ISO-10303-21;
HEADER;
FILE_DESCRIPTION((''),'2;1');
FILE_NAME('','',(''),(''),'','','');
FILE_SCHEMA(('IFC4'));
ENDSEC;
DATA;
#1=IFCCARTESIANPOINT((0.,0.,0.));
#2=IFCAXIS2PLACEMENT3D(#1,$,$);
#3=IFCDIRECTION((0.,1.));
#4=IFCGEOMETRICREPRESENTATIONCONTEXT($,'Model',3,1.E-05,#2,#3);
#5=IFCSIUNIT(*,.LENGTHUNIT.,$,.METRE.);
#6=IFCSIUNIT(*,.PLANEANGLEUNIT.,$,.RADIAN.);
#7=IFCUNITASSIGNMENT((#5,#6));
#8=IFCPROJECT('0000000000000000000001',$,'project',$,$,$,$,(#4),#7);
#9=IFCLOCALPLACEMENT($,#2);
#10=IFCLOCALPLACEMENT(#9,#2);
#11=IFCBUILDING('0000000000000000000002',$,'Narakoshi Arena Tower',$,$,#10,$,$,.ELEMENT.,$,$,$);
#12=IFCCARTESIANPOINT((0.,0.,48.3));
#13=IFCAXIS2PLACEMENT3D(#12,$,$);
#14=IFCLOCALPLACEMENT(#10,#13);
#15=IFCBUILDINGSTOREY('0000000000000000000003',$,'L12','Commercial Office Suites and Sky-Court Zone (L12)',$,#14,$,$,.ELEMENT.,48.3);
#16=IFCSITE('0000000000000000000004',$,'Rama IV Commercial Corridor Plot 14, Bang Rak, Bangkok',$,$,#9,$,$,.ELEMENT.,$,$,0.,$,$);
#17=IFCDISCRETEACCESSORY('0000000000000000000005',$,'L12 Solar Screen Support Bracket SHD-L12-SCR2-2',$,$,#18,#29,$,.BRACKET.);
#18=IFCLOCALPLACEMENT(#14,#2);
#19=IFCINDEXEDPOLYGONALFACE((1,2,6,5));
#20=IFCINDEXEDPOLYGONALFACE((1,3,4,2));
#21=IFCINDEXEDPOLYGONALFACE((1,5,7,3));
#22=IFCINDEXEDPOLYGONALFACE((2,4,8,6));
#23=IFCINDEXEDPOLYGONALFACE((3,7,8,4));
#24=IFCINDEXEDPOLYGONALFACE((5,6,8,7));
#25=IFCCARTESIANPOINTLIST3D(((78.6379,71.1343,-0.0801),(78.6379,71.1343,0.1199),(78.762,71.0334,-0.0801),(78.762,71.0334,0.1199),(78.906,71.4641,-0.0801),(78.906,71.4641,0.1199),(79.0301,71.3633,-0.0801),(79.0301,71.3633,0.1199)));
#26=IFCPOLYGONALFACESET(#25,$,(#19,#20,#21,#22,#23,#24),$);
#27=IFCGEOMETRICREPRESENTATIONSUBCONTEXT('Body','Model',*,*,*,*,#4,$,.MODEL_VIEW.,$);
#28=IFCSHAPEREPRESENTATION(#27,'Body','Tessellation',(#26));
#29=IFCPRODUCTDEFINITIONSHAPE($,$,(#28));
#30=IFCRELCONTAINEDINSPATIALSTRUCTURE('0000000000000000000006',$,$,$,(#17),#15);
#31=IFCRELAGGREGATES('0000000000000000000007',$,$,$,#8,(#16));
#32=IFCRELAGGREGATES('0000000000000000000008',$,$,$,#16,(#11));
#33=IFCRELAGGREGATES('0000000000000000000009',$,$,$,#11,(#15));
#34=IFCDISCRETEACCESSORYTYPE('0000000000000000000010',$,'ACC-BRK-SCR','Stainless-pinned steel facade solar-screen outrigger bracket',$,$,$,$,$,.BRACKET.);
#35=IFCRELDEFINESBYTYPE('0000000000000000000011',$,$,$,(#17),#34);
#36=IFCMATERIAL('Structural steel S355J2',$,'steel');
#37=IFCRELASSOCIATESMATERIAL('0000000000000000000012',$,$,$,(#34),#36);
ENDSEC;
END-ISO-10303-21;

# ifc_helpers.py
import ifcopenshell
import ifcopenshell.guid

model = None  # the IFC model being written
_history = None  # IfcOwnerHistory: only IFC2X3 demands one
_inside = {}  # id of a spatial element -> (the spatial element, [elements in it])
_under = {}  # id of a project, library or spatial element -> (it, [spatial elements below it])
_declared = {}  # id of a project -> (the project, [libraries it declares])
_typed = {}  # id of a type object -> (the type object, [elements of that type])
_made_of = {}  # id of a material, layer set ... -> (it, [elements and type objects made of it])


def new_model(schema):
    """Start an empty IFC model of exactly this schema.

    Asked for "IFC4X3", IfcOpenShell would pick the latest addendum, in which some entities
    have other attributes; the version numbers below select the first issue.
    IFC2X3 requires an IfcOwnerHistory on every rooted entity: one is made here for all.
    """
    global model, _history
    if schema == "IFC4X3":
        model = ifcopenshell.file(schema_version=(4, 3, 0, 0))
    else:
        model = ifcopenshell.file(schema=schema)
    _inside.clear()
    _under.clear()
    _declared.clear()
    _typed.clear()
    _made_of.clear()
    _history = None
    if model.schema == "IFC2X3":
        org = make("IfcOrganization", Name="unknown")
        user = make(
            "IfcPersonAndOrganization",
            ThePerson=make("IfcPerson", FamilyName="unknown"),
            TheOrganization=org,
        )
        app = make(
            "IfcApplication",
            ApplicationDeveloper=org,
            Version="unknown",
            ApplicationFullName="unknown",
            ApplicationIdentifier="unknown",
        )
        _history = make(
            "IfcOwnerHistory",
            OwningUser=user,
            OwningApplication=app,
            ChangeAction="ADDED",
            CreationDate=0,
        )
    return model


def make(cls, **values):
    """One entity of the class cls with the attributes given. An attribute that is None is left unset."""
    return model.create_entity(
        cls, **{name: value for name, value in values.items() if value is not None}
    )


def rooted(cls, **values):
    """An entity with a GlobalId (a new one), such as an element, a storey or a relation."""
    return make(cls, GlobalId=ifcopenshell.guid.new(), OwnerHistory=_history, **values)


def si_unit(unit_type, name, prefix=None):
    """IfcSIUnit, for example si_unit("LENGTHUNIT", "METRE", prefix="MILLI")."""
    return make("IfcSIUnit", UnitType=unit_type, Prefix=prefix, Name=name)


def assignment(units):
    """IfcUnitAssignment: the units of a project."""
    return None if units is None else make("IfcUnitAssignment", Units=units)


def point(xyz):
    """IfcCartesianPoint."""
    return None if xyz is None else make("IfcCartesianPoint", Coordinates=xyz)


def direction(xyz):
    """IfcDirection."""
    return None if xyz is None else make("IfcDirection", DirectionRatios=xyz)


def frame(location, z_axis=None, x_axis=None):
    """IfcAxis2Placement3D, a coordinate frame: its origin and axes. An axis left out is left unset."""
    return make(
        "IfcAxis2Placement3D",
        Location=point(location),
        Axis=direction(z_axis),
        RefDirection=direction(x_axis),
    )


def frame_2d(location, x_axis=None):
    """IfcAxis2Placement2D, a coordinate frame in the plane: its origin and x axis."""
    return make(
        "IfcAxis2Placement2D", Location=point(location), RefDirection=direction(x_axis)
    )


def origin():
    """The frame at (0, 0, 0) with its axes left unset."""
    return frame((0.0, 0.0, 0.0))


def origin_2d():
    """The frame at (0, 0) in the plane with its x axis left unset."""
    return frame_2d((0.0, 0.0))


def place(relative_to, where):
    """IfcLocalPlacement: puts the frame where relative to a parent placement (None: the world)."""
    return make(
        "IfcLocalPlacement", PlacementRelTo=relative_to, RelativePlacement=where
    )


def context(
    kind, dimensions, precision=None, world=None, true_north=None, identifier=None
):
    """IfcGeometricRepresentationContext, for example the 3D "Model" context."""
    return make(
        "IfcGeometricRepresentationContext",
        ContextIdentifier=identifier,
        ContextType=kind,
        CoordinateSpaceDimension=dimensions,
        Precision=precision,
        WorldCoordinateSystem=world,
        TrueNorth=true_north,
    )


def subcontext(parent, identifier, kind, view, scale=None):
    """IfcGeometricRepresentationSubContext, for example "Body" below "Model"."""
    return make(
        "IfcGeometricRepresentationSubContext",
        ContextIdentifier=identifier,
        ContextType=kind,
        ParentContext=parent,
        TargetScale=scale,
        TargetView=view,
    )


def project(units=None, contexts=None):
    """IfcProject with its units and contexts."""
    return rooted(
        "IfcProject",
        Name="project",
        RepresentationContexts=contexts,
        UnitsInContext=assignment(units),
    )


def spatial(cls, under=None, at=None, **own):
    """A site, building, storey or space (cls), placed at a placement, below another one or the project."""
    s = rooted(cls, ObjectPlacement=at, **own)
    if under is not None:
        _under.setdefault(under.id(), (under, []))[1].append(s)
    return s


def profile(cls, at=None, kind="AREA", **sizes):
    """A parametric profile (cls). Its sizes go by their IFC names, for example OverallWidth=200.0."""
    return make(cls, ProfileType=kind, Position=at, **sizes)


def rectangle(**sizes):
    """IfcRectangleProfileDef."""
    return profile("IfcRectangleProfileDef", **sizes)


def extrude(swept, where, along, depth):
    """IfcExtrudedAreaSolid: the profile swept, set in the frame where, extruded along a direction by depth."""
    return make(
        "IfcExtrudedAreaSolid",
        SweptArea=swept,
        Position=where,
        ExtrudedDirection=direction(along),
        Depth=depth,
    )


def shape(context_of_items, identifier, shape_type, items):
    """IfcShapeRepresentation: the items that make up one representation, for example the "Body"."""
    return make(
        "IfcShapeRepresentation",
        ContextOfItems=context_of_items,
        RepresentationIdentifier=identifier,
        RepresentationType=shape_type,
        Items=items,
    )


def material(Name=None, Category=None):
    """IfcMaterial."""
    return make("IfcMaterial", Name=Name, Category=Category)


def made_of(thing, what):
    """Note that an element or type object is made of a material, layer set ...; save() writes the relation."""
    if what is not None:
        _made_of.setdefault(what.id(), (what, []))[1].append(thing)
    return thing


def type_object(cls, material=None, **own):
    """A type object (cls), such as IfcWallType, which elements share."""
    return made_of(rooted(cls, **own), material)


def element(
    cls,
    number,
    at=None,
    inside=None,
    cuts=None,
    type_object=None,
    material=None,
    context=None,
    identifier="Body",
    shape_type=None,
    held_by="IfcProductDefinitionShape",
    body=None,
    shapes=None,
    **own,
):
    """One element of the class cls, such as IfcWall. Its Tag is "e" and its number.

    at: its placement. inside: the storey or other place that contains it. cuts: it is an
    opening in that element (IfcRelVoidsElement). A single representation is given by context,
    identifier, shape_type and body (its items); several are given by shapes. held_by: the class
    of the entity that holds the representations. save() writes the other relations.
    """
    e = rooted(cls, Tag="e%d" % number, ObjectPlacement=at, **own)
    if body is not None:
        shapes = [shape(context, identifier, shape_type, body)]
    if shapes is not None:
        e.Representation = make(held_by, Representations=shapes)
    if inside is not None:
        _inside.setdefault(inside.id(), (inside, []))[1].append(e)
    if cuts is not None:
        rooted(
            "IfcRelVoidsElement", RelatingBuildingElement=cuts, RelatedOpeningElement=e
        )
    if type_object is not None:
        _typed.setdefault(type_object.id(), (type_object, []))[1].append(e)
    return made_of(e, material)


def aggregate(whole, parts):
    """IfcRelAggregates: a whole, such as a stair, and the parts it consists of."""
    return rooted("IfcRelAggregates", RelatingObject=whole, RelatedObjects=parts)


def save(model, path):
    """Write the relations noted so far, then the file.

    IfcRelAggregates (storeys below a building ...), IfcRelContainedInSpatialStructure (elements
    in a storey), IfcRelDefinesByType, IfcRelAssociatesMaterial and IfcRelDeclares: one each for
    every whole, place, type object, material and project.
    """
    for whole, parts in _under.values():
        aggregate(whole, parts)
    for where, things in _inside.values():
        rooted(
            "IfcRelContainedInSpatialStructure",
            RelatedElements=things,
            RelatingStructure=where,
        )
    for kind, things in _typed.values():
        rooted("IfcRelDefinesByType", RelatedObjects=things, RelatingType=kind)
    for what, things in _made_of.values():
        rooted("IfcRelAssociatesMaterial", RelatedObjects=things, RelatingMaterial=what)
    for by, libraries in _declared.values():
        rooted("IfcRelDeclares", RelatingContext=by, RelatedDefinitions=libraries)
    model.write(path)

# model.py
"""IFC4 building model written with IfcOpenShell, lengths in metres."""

from ifc_helpers import new_model, si_unit, direction, frame, origin, origin_2d, place, context, subcontext, project, spatial, rectangle, extrude, material, type_object, element, save


model = new_model("IFC4")

# Units and contexts
model_context = context("Model", 3, precision=1e-05, world=origin(), true_north=direction((0.0, 1.0)))
body_context = subcontext(model_context, "Body", "Model", "MODEL_VIEW")
ifc_project = project(units=[si_unit("LENGTHUNIT", "METRE"), si_unit("PLANEANGLEUNIT", "RADIAN")], contexts=[model_context])

# Site, building, storey
site_placement = place(None, origin())
site = spatial("IfcSite", under=ifc_project, at=site_placement, Name="Rama IV Commercial Corridor Plot 14, Bang Rak, Bangkok", CompositionType="ELEMENT", RefElevation=0.0)
building_placement = place(site_placement, origin())
building = spatial("IfcBuilding", under=site, at=building_placement, Name="Narakoshi Arena Tower", CompositionType="ELEMENT")
storey_placement = place(building_placement, frame((0.0, 0.0, 48.3)))
storey = spatial("IfcBuildingStorey", under=building, at=storey_placement, Name="L12", Description="Commercial Office Suites and Sky-Court Zone (L12)", CompositionType="ELEMENT", Elevation=48.3)

# Shared definitions
ifc_material_1 = material(Name="Structural steel S355J2", Category="steel")

# Discrete accessory
discrete_accessory_type = type_object("IfcDiscreteAccessoryType", Name="ACC-BRK-SCR", Description="Stainless-pinned steel facade solar-screen outrigger bracket", PredefinedType="BRACKET", material=ifc_material_1)
discrete_accessory_placement = place(storey_placement, frame((78.834, 71.2488, -0.0801), z_axis=(0.0, 0.0, 1.0), x_axis=(-0.776002, 0.63073, 0.0)))
element("IfcDiscreteAccessory", 1, at=discrete_accessory_placement, inside=storey, type_object=discrete_accessory_type, Name="L12 Solar Screen Support Bracket SHD-L12-SCR2-2", PredefinedType="BRACKET", context=body_context, shape_type="SweptSolid", body=[
    extrude(rectangle(XDim=0.1599, YDim=0.425, at=origin_2d()), origin(), (0.0, 0.0, 1.0), 0.2),
])

save(model, "model.ifc")
